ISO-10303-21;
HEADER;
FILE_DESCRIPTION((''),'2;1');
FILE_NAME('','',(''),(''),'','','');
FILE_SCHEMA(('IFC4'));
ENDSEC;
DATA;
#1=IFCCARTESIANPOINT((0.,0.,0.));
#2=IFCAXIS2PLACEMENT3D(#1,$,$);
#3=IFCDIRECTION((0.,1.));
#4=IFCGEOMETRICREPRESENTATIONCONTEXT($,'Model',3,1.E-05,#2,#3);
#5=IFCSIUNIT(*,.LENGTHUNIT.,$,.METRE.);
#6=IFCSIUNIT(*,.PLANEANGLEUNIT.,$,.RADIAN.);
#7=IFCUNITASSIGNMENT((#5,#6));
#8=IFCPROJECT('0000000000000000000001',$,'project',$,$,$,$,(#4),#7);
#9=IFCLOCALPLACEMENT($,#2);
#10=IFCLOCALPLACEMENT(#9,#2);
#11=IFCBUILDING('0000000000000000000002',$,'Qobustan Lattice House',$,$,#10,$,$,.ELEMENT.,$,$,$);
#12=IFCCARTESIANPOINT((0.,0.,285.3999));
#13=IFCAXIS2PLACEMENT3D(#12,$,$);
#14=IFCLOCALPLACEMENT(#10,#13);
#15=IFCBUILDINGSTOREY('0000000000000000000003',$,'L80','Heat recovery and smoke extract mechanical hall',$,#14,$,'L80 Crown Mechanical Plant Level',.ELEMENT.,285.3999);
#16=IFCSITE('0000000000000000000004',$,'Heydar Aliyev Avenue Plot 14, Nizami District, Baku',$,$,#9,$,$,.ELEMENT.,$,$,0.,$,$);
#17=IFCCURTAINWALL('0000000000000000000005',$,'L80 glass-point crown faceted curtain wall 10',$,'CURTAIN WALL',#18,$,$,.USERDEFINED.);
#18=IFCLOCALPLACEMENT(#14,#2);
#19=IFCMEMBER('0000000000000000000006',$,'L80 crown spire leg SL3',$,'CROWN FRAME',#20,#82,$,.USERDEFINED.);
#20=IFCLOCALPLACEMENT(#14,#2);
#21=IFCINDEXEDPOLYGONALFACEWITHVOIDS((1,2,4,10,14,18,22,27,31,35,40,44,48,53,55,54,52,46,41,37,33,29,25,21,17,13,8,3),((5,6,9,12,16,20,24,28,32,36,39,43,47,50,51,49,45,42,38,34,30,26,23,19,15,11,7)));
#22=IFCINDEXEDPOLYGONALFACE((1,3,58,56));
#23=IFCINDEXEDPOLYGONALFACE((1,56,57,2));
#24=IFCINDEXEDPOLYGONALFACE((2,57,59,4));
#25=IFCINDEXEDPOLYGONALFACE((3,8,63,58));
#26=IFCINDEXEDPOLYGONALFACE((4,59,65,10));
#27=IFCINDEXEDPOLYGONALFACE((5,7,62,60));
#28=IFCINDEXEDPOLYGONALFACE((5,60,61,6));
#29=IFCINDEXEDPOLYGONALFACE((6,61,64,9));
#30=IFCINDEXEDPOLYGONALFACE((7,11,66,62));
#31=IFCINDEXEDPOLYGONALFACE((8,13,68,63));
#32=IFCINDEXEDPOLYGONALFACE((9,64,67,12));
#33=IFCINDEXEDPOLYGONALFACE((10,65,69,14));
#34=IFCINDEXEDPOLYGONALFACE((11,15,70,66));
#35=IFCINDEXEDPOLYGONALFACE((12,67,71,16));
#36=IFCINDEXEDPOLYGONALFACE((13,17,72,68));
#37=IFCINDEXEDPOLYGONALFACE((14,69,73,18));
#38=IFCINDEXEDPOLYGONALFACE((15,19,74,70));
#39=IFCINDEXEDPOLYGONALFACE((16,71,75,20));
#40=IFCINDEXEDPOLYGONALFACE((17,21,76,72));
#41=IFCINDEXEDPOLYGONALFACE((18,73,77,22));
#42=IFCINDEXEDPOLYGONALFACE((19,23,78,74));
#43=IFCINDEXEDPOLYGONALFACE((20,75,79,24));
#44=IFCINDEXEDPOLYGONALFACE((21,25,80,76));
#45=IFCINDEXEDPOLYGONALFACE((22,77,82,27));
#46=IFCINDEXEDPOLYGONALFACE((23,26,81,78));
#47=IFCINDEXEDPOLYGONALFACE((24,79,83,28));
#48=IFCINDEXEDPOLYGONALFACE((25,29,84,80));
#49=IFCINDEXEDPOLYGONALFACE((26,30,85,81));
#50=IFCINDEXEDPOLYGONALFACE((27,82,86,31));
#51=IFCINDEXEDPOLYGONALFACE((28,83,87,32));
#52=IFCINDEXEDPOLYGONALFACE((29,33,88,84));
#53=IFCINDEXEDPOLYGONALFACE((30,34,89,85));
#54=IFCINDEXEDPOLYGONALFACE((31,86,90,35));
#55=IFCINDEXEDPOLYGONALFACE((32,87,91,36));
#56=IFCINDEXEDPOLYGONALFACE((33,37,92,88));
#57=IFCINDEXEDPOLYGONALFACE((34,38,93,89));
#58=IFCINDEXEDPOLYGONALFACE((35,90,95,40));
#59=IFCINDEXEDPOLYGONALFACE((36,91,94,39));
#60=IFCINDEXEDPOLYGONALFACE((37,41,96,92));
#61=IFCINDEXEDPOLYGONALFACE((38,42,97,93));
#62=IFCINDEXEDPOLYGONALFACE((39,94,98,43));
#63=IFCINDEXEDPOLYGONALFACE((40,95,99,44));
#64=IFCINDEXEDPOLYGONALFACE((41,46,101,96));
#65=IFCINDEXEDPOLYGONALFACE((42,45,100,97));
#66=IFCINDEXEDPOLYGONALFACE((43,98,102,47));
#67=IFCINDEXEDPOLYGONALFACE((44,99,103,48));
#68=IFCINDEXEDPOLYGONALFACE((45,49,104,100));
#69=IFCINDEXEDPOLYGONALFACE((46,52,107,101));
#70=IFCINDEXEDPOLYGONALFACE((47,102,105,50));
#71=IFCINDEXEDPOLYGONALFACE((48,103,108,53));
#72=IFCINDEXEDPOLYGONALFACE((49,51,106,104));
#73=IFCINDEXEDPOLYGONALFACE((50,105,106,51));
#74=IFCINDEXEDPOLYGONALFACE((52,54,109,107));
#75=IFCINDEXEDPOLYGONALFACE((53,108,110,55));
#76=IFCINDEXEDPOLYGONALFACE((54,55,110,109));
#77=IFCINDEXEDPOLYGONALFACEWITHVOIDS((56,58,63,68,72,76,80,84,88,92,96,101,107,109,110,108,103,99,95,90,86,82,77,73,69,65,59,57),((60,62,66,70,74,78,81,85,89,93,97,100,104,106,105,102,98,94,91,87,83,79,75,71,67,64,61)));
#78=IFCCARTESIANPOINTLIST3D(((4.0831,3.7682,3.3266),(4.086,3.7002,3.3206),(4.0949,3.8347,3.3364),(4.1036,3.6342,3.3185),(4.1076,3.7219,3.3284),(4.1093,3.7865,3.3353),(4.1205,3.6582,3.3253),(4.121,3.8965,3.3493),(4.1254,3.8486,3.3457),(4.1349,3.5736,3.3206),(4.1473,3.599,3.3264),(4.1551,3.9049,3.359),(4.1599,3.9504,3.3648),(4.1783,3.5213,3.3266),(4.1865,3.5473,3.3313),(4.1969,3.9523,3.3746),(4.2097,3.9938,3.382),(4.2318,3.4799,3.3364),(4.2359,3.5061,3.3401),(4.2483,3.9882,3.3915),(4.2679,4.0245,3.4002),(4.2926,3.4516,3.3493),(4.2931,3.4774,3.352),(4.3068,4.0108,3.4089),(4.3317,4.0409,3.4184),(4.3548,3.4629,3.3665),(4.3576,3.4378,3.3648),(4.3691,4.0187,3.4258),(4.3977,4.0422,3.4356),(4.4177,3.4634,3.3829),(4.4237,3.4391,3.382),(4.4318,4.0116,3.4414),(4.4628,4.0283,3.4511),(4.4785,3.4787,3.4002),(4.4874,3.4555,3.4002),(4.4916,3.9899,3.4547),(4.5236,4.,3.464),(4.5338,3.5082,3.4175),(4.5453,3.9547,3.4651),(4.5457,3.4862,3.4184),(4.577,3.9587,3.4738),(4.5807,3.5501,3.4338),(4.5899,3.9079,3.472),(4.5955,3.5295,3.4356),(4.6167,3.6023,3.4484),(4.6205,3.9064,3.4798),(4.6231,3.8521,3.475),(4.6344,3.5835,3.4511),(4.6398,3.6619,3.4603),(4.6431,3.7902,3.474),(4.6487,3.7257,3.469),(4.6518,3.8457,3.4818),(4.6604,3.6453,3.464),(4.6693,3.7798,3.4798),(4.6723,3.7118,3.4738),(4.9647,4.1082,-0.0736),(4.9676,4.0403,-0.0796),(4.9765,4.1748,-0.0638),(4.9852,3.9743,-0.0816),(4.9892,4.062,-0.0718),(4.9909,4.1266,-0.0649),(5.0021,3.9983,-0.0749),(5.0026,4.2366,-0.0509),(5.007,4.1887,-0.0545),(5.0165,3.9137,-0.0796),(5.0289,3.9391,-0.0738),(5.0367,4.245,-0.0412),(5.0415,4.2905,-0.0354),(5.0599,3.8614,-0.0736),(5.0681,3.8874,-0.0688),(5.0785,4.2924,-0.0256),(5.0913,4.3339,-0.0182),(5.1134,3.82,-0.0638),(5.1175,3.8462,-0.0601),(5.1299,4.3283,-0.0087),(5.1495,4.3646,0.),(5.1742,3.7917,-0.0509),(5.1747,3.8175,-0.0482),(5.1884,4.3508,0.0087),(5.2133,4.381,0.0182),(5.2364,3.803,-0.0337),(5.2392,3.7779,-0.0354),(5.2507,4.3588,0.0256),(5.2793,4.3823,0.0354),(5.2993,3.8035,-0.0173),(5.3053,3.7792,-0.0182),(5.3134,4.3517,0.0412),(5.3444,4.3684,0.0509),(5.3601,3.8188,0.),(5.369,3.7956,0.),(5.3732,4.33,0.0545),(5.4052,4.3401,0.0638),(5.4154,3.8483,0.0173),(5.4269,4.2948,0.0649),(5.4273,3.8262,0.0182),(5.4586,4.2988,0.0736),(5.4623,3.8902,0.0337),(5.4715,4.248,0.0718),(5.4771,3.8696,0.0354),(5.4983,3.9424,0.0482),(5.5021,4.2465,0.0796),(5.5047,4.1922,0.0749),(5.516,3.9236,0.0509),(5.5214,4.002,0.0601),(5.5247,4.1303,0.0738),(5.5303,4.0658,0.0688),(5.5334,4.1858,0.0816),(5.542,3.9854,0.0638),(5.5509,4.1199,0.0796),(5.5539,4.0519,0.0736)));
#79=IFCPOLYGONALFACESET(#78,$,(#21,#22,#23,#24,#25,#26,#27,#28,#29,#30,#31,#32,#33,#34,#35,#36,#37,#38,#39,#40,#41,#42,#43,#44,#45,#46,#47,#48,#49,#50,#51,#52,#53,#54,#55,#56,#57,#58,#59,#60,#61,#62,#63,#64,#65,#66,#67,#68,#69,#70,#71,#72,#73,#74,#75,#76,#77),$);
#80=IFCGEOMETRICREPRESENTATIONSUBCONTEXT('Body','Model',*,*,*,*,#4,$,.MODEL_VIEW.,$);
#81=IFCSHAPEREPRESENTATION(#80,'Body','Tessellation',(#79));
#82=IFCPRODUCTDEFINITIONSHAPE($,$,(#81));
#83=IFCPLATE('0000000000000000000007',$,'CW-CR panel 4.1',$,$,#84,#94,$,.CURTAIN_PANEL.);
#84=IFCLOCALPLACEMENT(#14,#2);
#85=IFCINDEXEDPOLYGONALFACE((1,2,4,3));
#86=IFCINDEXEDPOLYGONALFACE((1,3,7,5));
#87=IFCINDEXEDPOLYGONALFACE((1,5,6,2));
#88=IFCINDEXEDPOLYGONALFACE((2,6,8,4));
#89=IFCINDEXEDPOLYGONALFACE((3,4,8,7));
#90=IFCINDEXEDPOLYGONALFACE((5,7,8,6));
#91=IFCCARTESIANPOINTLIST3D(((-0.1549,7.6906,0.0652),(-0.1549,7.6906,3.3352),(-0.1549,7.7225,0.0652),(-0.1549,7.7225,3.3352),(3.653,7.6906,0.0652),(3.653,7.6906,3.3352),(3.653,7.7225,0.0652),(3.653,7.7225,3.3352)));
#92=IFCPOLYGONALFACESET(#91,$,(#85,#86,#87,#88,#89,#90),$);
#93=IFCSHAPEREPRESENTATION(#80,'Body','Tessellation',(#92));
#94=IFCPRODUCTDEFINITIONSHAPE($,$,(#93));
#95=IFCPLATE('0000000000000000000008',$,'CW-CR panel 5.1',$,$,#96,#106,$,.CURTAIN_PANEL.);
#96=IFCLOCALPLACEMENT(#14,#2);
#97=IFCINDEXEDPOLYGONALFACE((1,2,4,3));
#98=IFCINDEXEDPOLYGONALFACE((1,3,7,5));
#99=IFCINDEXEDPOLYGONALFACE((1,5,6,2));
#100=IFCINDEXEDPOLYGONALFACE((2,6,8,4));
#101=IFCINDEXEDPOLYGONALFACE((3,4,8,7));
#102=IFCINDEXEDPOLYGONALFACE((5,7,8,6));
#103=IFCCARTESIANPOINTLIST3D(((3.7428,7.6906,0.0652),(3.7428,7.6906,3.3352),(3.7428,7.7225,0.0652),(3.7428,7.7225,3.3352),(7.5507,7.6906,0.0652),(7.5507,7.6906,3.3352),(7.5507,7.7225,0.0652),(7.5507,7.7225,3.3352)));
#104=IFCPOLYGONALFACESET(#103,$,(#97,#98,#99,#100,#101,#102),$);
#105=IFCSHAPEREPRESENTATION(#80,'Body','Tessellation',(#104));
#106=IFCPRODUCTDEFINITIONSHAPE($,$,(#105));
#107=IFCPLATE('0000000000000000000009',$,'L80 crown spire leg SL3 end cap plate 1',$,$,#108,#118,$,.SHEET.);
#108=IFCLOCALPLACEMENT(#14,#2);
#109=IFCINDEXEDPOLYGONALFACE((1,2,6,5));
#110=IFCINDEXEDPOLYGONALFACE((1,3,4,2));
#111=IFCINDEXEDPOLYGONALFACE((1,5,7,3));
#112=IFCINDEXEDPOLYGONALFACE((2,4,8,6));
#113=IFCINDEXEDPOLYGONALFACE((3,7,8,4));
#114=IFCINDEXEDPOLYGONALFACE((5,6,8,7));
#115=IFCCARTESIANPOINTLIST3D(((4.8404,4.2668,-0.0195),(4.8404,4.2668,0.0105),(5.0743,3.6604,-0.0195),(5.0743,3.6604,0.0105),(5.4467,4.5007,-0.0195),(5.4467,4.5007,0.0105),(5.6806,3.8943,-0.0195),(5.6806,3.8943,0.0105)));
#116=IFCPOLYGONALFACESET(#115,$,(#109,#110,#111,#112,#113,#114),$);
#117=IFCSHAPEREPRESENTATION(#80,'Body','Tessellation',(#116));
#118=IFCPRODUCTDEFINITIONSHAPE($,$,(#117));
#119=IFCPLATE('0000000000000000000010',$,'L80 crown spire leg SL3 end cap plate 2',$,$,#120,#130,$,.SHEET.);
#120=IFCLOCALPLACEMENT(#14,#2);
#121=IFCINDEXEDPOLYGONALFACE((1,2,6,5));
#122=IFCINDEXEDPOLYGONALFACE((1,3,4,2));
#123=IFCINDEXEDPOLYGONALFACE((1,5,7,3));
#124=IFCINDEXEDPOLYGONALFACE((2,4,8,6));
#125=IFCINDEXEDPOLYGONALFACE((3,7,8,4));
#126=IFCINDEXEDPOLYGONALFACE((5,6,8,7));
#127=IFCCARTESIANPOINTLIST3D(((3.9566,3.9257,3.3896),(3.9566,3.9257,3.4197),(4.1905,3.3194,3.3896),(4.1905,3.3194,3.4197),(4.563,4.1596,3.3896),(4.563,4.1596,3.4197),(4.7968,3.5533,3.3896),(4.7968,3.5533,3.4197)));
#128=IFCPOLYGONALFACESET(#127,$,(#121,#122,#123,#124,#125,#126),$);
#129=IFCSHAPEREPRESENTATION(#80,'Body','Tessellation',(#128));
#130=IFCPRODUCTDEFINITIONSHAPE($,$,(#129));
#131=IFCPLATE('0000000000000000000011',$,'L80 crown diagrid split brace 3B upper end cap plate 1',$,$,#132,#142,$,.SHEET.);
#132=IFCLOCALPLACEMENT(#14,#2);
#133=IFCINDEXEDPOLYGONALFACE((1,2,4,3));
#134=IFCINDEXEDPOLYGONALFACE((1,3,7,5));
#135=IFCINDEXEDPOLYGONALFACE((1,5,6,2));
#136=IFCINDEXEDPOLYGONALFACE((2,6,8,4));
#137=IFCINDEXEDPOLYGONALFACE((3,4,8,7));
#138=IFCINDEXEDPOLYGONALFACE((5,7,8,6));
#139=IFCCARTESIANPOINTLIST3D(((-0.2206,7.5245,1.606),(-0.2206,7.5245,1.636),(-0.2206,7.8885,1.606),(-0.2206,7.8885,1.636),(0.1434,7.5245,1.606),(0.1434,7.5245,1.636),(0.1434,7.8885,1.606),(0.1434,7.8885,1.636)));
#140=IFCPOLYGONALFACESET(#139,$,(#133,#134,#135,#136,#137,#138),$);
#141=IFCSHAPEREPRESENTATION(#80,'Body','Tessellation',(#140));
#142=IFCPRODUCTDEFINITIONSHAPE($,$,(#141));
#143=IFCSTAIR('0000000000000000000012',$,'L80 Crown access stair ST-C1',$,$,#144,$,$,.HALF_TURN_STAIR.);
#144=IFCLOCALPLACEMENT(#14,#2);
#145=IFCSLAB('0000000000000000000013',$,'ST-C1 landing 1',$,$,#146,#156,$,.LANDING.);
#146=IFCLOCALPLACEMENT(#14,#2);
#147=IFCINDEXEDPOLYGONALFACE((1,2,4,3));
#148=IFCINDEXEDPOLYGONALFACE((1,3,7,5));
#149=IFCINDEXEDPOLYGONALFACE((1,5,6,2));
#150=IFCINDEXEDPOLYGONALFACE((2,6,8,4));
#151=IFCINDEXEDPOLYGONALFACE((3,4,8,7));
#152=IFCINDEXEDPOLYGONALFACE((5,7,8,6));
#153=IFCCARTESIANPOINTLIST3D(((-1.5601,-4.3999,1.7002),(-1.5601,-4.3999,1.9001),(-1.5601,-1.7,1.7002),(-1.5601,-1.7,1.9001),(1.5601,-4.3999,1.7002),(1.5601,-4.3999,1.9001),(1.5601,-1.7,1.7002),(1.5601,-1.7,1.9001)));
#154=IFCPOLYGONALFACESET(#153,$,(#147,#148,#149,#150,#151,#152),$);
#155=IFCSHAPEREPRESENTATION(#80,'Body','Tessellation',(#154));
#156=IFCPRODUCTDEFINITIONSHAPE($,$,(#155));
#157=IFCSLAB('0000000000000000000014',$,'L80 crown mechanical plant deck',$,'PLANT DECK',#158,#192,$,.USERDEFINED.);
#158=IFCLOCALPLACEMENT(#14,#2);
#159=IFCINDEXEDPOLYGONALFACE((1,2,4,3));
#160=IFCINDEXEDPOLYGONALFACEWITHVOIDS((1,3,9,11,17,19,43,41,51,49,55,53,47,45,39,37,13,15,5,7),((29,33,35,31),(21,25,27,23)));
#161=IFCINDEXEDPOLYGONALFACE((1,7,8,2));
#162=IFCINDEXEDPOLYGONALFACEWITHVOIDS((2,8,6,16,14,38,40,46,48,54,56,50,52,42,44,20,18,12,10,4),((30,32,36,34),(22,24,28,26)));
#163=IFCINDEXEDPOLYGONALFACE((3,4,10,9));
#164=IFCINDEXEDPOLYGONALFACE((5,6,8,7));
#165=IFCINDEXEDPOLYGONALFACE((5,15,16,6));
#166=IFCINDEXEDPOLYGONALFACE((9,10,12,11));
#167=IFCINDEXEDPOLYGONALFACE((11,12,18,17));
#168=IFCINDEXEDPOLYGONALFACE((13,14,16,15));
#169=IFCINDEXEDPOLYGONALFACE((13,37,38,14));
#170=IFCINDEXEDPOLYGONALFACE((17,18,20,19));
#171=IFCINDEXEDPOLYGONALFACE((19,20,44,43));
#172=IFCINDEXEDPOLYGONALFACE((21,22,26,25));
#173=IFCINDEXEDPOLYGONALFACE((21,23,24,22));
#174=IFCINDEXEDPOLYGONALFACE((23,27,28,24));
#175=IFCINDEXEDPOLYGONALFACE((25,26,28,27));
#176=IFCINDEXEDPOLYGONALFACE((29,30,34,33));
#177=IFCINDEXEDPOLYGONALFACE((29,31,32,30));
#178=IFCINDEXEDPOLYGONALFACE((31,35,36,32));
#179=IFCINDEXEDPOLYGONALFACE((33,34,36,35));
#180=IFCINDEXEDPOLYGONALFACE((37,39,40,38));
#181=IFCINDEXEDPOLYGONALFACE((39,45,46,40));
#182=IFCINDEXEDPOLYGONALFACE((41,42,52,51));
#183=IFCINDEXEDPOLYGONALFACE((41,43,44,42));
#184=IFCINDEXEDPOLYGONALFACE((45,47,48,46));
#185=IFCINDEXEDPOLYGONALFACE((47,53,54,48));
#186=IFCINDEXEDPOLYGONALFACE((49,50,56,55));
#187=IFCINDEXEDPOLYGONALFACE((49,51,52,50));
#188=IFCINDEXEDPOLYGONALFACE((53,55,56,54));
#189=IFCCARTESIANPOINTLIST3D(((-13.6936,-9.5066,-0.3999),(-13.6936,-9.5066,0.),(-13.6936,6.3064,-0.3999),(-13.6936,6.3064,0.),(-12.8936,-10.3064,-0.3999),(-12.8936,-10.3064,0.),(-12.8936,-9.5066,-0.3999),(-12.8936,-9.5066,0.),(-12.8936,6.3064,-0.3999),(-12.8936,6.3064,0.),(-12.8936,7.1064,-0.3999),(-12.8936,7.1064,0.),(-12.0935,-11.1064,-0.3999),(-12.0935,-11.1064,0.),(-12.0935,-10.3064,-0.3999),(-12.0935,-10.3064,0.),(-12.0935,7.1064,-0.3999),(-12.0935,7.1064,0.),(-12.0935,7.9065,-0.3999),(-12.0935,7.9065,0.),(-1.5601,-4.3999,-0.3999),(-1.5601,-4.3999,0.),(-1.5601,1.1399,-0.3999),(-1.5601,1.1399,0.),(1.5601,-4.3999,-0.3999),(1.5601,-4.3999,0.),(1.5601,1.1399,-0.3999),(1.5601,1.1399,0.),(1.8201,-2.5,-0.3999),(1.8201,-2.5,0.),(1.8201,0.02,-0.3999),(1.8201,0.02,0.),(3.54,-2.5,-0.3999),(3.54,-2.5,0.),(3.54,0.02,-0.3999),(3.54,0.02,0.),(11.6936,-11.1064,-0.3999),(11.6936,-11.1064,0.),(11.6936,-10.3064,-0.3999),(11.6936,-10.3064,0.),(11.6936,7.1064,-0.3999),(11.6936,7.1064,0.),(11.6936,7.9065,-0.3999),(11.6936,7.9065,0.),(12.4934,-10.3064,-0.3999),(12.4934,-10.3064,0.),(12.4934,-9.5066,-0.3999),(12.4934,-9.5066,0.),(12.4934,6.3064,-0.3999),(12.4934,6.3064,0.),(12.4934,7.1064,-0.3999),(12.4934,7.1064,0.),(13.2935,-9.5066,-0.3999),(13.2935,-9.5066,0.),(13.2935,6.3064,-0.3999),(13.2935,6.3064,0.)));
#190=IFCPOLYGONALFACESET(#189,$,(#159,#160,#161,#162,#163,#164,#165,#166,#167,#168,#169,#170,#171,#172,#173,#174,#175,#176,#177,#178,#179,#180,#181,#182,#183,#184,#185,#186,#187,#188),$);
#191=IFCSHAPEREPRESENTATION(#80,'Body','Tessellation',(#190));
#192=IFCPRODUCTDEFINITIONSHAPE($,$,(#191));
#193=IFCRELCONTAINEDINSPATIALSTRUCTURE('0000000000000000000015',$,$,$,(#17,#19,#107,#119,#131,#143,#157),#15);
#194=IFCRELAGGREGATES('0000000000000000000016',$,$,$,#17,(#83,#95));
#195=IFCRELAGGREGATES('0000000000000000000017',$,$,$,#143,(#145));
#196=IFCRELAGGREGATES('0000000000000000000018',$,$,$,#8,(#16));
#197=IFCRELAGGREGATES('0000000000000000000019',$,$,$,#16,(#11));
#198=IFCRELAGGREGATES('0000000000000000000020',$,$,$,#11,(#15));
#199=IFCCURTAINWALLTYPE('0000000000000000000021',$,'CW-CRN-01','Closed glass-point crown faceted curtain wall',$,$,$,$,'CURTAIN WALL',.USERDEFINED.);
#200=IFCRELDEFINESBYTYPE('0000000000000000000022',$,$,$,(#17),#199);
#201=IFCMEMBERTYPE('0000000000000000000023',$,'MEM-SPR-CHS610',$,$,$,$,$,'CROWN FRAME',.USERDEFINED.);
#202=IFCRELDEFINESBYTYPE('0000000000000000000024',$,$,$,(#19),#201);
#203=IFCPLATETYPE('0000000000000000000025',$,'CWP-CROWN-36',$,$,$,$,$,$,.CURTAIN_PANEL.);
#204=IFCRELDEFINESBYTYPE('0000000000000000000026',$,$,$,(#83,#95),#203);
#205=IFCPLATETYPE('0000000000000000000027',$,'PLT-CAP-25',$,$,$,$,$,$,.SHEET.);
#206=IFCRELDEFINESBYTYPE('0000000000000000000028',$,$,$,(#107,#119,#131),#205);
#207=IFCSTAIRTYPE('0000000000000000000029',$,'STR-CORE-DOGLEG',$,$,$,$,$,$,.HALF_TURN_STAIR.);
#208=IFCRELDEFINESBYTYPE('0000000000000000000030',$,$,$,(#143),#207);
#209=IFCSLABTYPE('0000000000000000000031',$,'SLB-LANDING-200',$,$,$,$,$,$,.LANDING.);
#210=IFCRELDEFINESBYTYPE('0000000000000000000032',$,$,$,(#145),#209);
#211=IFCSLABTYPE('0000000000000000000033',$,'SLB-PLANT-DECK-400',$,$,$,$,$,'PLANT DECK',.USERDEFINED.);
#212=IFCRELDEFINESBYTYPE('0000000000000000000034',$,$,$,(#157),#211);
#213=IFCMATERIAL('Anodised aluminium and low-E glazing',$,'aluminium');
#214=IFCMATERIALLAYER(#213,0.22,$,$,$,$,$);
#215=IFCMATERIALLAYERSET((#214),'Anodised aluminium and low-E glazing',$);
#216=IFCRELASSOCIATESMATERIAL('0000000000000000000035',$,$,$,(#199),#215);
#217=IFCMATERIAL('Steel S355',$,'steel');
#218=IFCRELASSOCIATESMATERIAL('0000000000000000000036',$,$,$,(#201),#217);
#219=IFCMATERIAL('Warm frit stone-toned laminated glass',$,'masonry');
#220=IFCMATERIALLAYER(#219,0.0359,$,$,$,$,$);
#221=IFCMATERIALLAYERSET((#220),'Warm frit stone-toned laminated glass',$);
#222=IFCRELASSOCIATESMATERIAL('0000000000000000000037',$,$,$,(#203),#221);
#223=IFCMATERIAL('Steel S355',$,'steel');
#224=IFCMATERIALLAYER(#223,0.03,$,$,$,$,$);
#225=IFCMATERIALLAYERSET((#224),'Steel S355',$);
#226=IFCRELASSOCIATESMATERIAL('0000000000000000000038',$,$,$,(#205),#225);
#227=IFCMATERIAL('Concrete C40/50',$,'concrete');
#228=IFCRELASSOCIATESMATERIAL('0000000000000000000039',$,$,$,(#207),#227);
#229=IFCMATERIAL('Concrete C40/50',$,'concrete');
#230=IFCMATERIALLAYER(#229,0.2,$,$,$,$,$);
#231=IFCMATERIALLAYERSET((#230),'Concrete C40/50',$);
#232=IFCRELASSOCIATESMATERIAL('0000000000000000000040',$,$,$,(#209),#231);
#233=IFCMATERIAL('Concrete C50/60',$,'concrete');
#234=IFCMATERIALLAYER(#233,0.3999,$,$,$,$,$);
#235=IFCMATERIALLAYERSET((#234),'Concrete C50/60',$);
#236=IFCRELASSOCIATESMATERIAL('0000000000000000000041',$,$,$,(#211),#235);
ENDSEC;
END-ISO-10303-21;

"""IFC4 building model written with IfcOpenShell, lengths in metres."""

from ifc_helpers import new_model, si_unit, direction, frame, origin, origin_2d, place, context, subcontext, project, spatial, polyline, rectangle, hollow_circle, outline, extrude, material, layer, layer_set, material_profile, profile_set, type_object, element, aggregate, save


model = new_model("IFC4")

# Units and contexts
model_context = context("Model", 3, precision=1e-05, world=origin(), true_north=direction((0.0, 1.0)))
body_context = subcontext(model_context, "Body", "Model", "MODEL_VIEW")
ifc_project = project(units=[si_unit("LENGTHUNIT", "METRE"), si_unit("PLANEANGLEUNIT", "RADIAN")], contexts=[model_context])

# Site, building, storey
site_placement = place(None, origin())
site = spatial("IfcSite", under=ifc_project, at=site_placement, Name="Heydar Aliyev Avenue Plot 14, Nizami District, Baku", CompositionType="ELEMENT", RefElevation=0.0)
building_placement = place(site_placement, origin())
building = spatial("IfcBuilding", under=site, at=building_placement, Name="Qobustan Lattice House", CompositionType="ELEMENT")
storey_placement = place(building_placement, frame((0.0, 0.0, 285.3999)))
storey = spatial("IfcBuildingStorey", under=building, at=storey_placement, Name="L80", Description="Heat recovery and smoke extract mechanical hall", LongName="L80 Crown Mechanical Plant Level", CompositionType="ELEMENT", Elevation=285.3999)

# Curtain wall
ifc_material_1 = material(Name="Anodised aluminium and low-E glazing", Category="aluminium")
ifc_layer_1 = layer(ifc_material_1, 0.22)
ifc_layer_set_1 = layer_set([ifc_layer_1], Name="Anodised aluminium and low-E glazing")
curtain_wall_type = type_object("IfcCurtainWallType", Name="CW-CRN-01", Description="Closed glass-point crown faceted curtain wall", ElementType="CURTAIN WALL", PredefinedType="USERDEFINED", material=ifc_layer_set_1)
curtain_wall_placement = place(storey_placement, origin())
curtain_wall = element("IfcCurtainWall", 1, at=curtain_wall_placement, inside=storey, type_object=curtain_wall_type, Name="L80 glass-point crown faceted curtain wall 10", ObjectType="CURTAIN WALL", PredefinedType="USERDEFINED")

# Member
ifc_material_2 = material(Name="Steel S355", Category="steel")
ifc_material_profile_1 = material_profile(ifc_material_2, hollow_circle(Radius=0.3049, WallThickness=0.0249, at=origin_2d()), Name="CHS610x25")
ifc_profile_set_1 = profile_set([ifc_material_profile_1], Name="Steel S355")
member_type_1 = type_object("IfcMemberType", Name="MEM-SPR-CHS610", ElementType="CROWN FRAME", PredefinedType="USERDEFINED", material=ifc_profile_set_1)
member_1_placement = place(storey_placement, frame((5.2593, 4.0801, 0.0), z_axis=(-0.249813, -0.096369, 0.963487), x_axis=(0.359914, -0.932986, 0.0)))
element("IfcMember", 2, at=member_1_placement, inside=storey, type_object=member_type_1, Name="L80 crown spire leg SL3", ObjectType="CROWN FRAME", PredefinedType="USERDEFINED", context=body_context, shape_type="SweptSolid", body=[
    extrude(hollow_circle(Radius=0.3049, WallThickness=0.0249, at=origin_2d()), origin(), (0.0, 0.0, 1.0), 3.5291),
])

# Plates
ifc_material_3 = material(Name="Warm frit stone-toned laminated glass", Category="masonry")
ifc_layer_2 = layer(ifc_material_3, 0.0359)
ifc_layer_set_2 = layer_set([ifc_layer_2], Name="Warm frit stone-toned laminated glass")
plate_type_1 = type_object("IfcPlateType", Name="CWP-CROWN-36", PredefinedType="CURTAIN_PANEL", material=ifc_layer_set_2)
plate_1_placement = place(storey_placement, frame((1.749, 7.7065, 0.0652), z_axis=(0.0, 0.0, 1.0), x_axis=(1.0, 0.0, 0.0)))
plate_1 = element("IfcPlate", 3, at=plate_1_placement, type_object=plate_type_1, Name="CW-CR panel 4.1", PredefinedType="CURTAIN_PANEL", context=body_context, shape_type="SweptSolid", body=[
    extrude(rectangle(XDim=3.8079, YDim=0.032, at=origin_2d()), origin(), (0.0, 0.0, 1.0), 3.27),
])
plate_2_placement = place(storey_placement, frame((5.6467, 7.7065, 0.0652), z_axis=(0.0, 0.0, 1.0), x_axis=(1.0, 0.0, 0.0)))
plate_2 = element("IfcPlate", 4, at=plate_2_placement, type_object=plate_type_1, Name="CW-CR panel 5.1", PredefinedType="CURTAIN_PANEL", context=body_context, shape_type="SweptSolid", body=[
    extrude(rectangle(XDim=3.8079, YDim=0.032, at=origin_2d()), origin(), (0.0, 0.0, 1.0), 3.27),
])
aggregate(curtain_wall, [plate_1, plate_2])

# Plates
ifc_material_4 = material(Name="Steel S355", Category="steel")
ifc_layer_3 = layer(ifc_material_4, 0.03)
ifc_layer_set_3 = layer_set([ifc_layer_3], Name="Steel S355")
plate_type_2 = type_object("IfcPlateType", Name="PLT-CAP-25", PredefinedType="SHEET", material=ifc_layer_set_3)
for number, where, z_axis, x_axis, name in (
    (5, (5.2605, 4.0806, -0.0195), (0.0, 0.0, 1.0), (-0.933004, -0.359867, 0.0), "L80 crown spire leg SL3 end cap plate 1"),
    (6, (4.3767, 3.7395, 3.3896), (0.0, 0.0, 1.0), (-0.933004, -0.359867, 0.0), "L80 crown spire leg SL3 end cap plate 2"),
):
    element("IfcPlate", number, at=place(storey_placement, frame(where, z_axis=z_axis, x_axis=x_axis)), inside=storey, type_object=plate_type_2, Name=name, PredefinedType="SHEET", context=body_context, shape_type="SweptSolid", body=[
        extrude(rectangle(XDim=0.6499, YDim=0.6499, at=origin_2d()), origin(), (0.0, 0.0, 1.0), 0.03),
    ])
plate_3_placement = place(storey_placement, frame((-0.0386, 7.7065, 1.606), z_axis=(0.0, 0.0, 1.0), x_axis=(1.0, 0.0, 0.0)))
element("IfcPlate", 7, at=plate_3_placement, inside=storey, type_object=plate_type_2, Name="L80 crown diagrid split brace 3B upper end cap plate 1", PredefinedType="SHEET", context=body_context, shape_type="SweptSolid", body=[
    extrude(rectangle(XDim=0.364, YDim=0.364, at=origin_2d()), origin(), (0.0, 0.0, 1.0), 0.03),
])

# Stair, slab
ifc_material_5 = material(Name="Concrete C40/50", Category="concrete")
stair_type = type_object("IfcStairType", Name="STR-CORE-DOGLEG", PredefinedType="HALF_TURN_STAIR", material=ifc_material_5)
stair_placement = place(storey_placement, origin())
stair = element("IfcStair", 8, at=stair_placement, inside=storey, type_object=stair_type, Name="L80 Crown access stair ST-C1", PredefinedType="HALF_TURN_STAIR")
ifc_material_6 = material(Name="Concrete C40/50", Category="concrete")
ifc_layer_4 = layer(ifc_material_6, 0.2)
ifc_layer_set_4 = layer_set([ifc_layer_4], Name="Concrete C40/50")
slab_type_1 = type_object("IfcSlabType", Name="SLB-LANDING-200", PredefinedType="LANDING", material=ifc_layer_set_4)
slab_1_placement = place(storey_placement, frame((0.0, 0.0, 1.7002)))
slab_1 = element("IfcSlab", 9, at=slab_1_placement, type_object=slab_type_1, Name="ST-C1 landing 1", PredefinedType="LANDING", context=body_context, shape_type="SweptSolid", body=[
    extrude(outline(polyline([(-1.5601, -1.7), (-1.5601, -4.3999), (1.5601, -4.3999), (1.5601, -1.7), (-1.5601, -1.7)])), origin(), (0.0, 0.0, 1.0), 0.2),
])
aggregate(stair, [slab_1])

# Slab
ifc_material_7 = material(Name="Concrete C50/60", Category="concrete")
ifc_layer_5 = layer(ifc_material_7, 0.3999)
ifc_layer_set_5 = layer_set([ifc_layer_5], Name="Concrete C50/60")
slab_type_2 = type_object("IfcSlabType", Name="SLB-PLANT-DECK-400", ElementType="PLANT DECK", PredefinedType="USERDEFINED", material=ifc_layer_set_5)
slab_2_placement = place(storey_placement, frame((0.0, 0.0, -0.3999)))
element("IfcSlab", 10, at=slab_2_placement, inside=storey, type_object=slab_type_2, Name="L80 crown mechanical plant deck", ObjectType="PLANT DECK", PredefinedType="USERDEFINED", context=body_context, shape_type="SweptSolid", body=[
    extrude(outline(polyline([(-12.0935, -11.1064), (11.6936, -11.1064), (11.6936, -10.3064), (12.4934, -10.3064), (12.4934, -9.5066), (13.2935, -9.5066), (13.2935, 6.3064), (12.4934, 6.3064), (12.4934, 7.1064), (11.6936, 7.1064), (11.6936, 7.9065), (-12.0935, 7.9065), (-12.0935, 7.1064), (-12.8936, 7.1064), (-12.8936, 6.3064), (-13.6936, 6.3064), (-13.6936, -9.5066), (-12.8936, -9.5066), (-12.8936, -10.3064), (-12.0935, -10.3064), (-12.0935, -11.1064)]), holes=[polyline([(-1.5601, -4.3999), (-1.5601, 1.1399), (1.5601, 1.1399), (1.5601, -4.3999), (-1.5601, -4.3999)]), polyline([(1.8201, -2.5), (1.8201, 0.02), (3.54, 0.02), (3.54, -2.5), (1.8201, -2.5)])]), origin(), (0.0, 0.0, 1.0), 0.3999),
])

save(model, "model.ifc")
